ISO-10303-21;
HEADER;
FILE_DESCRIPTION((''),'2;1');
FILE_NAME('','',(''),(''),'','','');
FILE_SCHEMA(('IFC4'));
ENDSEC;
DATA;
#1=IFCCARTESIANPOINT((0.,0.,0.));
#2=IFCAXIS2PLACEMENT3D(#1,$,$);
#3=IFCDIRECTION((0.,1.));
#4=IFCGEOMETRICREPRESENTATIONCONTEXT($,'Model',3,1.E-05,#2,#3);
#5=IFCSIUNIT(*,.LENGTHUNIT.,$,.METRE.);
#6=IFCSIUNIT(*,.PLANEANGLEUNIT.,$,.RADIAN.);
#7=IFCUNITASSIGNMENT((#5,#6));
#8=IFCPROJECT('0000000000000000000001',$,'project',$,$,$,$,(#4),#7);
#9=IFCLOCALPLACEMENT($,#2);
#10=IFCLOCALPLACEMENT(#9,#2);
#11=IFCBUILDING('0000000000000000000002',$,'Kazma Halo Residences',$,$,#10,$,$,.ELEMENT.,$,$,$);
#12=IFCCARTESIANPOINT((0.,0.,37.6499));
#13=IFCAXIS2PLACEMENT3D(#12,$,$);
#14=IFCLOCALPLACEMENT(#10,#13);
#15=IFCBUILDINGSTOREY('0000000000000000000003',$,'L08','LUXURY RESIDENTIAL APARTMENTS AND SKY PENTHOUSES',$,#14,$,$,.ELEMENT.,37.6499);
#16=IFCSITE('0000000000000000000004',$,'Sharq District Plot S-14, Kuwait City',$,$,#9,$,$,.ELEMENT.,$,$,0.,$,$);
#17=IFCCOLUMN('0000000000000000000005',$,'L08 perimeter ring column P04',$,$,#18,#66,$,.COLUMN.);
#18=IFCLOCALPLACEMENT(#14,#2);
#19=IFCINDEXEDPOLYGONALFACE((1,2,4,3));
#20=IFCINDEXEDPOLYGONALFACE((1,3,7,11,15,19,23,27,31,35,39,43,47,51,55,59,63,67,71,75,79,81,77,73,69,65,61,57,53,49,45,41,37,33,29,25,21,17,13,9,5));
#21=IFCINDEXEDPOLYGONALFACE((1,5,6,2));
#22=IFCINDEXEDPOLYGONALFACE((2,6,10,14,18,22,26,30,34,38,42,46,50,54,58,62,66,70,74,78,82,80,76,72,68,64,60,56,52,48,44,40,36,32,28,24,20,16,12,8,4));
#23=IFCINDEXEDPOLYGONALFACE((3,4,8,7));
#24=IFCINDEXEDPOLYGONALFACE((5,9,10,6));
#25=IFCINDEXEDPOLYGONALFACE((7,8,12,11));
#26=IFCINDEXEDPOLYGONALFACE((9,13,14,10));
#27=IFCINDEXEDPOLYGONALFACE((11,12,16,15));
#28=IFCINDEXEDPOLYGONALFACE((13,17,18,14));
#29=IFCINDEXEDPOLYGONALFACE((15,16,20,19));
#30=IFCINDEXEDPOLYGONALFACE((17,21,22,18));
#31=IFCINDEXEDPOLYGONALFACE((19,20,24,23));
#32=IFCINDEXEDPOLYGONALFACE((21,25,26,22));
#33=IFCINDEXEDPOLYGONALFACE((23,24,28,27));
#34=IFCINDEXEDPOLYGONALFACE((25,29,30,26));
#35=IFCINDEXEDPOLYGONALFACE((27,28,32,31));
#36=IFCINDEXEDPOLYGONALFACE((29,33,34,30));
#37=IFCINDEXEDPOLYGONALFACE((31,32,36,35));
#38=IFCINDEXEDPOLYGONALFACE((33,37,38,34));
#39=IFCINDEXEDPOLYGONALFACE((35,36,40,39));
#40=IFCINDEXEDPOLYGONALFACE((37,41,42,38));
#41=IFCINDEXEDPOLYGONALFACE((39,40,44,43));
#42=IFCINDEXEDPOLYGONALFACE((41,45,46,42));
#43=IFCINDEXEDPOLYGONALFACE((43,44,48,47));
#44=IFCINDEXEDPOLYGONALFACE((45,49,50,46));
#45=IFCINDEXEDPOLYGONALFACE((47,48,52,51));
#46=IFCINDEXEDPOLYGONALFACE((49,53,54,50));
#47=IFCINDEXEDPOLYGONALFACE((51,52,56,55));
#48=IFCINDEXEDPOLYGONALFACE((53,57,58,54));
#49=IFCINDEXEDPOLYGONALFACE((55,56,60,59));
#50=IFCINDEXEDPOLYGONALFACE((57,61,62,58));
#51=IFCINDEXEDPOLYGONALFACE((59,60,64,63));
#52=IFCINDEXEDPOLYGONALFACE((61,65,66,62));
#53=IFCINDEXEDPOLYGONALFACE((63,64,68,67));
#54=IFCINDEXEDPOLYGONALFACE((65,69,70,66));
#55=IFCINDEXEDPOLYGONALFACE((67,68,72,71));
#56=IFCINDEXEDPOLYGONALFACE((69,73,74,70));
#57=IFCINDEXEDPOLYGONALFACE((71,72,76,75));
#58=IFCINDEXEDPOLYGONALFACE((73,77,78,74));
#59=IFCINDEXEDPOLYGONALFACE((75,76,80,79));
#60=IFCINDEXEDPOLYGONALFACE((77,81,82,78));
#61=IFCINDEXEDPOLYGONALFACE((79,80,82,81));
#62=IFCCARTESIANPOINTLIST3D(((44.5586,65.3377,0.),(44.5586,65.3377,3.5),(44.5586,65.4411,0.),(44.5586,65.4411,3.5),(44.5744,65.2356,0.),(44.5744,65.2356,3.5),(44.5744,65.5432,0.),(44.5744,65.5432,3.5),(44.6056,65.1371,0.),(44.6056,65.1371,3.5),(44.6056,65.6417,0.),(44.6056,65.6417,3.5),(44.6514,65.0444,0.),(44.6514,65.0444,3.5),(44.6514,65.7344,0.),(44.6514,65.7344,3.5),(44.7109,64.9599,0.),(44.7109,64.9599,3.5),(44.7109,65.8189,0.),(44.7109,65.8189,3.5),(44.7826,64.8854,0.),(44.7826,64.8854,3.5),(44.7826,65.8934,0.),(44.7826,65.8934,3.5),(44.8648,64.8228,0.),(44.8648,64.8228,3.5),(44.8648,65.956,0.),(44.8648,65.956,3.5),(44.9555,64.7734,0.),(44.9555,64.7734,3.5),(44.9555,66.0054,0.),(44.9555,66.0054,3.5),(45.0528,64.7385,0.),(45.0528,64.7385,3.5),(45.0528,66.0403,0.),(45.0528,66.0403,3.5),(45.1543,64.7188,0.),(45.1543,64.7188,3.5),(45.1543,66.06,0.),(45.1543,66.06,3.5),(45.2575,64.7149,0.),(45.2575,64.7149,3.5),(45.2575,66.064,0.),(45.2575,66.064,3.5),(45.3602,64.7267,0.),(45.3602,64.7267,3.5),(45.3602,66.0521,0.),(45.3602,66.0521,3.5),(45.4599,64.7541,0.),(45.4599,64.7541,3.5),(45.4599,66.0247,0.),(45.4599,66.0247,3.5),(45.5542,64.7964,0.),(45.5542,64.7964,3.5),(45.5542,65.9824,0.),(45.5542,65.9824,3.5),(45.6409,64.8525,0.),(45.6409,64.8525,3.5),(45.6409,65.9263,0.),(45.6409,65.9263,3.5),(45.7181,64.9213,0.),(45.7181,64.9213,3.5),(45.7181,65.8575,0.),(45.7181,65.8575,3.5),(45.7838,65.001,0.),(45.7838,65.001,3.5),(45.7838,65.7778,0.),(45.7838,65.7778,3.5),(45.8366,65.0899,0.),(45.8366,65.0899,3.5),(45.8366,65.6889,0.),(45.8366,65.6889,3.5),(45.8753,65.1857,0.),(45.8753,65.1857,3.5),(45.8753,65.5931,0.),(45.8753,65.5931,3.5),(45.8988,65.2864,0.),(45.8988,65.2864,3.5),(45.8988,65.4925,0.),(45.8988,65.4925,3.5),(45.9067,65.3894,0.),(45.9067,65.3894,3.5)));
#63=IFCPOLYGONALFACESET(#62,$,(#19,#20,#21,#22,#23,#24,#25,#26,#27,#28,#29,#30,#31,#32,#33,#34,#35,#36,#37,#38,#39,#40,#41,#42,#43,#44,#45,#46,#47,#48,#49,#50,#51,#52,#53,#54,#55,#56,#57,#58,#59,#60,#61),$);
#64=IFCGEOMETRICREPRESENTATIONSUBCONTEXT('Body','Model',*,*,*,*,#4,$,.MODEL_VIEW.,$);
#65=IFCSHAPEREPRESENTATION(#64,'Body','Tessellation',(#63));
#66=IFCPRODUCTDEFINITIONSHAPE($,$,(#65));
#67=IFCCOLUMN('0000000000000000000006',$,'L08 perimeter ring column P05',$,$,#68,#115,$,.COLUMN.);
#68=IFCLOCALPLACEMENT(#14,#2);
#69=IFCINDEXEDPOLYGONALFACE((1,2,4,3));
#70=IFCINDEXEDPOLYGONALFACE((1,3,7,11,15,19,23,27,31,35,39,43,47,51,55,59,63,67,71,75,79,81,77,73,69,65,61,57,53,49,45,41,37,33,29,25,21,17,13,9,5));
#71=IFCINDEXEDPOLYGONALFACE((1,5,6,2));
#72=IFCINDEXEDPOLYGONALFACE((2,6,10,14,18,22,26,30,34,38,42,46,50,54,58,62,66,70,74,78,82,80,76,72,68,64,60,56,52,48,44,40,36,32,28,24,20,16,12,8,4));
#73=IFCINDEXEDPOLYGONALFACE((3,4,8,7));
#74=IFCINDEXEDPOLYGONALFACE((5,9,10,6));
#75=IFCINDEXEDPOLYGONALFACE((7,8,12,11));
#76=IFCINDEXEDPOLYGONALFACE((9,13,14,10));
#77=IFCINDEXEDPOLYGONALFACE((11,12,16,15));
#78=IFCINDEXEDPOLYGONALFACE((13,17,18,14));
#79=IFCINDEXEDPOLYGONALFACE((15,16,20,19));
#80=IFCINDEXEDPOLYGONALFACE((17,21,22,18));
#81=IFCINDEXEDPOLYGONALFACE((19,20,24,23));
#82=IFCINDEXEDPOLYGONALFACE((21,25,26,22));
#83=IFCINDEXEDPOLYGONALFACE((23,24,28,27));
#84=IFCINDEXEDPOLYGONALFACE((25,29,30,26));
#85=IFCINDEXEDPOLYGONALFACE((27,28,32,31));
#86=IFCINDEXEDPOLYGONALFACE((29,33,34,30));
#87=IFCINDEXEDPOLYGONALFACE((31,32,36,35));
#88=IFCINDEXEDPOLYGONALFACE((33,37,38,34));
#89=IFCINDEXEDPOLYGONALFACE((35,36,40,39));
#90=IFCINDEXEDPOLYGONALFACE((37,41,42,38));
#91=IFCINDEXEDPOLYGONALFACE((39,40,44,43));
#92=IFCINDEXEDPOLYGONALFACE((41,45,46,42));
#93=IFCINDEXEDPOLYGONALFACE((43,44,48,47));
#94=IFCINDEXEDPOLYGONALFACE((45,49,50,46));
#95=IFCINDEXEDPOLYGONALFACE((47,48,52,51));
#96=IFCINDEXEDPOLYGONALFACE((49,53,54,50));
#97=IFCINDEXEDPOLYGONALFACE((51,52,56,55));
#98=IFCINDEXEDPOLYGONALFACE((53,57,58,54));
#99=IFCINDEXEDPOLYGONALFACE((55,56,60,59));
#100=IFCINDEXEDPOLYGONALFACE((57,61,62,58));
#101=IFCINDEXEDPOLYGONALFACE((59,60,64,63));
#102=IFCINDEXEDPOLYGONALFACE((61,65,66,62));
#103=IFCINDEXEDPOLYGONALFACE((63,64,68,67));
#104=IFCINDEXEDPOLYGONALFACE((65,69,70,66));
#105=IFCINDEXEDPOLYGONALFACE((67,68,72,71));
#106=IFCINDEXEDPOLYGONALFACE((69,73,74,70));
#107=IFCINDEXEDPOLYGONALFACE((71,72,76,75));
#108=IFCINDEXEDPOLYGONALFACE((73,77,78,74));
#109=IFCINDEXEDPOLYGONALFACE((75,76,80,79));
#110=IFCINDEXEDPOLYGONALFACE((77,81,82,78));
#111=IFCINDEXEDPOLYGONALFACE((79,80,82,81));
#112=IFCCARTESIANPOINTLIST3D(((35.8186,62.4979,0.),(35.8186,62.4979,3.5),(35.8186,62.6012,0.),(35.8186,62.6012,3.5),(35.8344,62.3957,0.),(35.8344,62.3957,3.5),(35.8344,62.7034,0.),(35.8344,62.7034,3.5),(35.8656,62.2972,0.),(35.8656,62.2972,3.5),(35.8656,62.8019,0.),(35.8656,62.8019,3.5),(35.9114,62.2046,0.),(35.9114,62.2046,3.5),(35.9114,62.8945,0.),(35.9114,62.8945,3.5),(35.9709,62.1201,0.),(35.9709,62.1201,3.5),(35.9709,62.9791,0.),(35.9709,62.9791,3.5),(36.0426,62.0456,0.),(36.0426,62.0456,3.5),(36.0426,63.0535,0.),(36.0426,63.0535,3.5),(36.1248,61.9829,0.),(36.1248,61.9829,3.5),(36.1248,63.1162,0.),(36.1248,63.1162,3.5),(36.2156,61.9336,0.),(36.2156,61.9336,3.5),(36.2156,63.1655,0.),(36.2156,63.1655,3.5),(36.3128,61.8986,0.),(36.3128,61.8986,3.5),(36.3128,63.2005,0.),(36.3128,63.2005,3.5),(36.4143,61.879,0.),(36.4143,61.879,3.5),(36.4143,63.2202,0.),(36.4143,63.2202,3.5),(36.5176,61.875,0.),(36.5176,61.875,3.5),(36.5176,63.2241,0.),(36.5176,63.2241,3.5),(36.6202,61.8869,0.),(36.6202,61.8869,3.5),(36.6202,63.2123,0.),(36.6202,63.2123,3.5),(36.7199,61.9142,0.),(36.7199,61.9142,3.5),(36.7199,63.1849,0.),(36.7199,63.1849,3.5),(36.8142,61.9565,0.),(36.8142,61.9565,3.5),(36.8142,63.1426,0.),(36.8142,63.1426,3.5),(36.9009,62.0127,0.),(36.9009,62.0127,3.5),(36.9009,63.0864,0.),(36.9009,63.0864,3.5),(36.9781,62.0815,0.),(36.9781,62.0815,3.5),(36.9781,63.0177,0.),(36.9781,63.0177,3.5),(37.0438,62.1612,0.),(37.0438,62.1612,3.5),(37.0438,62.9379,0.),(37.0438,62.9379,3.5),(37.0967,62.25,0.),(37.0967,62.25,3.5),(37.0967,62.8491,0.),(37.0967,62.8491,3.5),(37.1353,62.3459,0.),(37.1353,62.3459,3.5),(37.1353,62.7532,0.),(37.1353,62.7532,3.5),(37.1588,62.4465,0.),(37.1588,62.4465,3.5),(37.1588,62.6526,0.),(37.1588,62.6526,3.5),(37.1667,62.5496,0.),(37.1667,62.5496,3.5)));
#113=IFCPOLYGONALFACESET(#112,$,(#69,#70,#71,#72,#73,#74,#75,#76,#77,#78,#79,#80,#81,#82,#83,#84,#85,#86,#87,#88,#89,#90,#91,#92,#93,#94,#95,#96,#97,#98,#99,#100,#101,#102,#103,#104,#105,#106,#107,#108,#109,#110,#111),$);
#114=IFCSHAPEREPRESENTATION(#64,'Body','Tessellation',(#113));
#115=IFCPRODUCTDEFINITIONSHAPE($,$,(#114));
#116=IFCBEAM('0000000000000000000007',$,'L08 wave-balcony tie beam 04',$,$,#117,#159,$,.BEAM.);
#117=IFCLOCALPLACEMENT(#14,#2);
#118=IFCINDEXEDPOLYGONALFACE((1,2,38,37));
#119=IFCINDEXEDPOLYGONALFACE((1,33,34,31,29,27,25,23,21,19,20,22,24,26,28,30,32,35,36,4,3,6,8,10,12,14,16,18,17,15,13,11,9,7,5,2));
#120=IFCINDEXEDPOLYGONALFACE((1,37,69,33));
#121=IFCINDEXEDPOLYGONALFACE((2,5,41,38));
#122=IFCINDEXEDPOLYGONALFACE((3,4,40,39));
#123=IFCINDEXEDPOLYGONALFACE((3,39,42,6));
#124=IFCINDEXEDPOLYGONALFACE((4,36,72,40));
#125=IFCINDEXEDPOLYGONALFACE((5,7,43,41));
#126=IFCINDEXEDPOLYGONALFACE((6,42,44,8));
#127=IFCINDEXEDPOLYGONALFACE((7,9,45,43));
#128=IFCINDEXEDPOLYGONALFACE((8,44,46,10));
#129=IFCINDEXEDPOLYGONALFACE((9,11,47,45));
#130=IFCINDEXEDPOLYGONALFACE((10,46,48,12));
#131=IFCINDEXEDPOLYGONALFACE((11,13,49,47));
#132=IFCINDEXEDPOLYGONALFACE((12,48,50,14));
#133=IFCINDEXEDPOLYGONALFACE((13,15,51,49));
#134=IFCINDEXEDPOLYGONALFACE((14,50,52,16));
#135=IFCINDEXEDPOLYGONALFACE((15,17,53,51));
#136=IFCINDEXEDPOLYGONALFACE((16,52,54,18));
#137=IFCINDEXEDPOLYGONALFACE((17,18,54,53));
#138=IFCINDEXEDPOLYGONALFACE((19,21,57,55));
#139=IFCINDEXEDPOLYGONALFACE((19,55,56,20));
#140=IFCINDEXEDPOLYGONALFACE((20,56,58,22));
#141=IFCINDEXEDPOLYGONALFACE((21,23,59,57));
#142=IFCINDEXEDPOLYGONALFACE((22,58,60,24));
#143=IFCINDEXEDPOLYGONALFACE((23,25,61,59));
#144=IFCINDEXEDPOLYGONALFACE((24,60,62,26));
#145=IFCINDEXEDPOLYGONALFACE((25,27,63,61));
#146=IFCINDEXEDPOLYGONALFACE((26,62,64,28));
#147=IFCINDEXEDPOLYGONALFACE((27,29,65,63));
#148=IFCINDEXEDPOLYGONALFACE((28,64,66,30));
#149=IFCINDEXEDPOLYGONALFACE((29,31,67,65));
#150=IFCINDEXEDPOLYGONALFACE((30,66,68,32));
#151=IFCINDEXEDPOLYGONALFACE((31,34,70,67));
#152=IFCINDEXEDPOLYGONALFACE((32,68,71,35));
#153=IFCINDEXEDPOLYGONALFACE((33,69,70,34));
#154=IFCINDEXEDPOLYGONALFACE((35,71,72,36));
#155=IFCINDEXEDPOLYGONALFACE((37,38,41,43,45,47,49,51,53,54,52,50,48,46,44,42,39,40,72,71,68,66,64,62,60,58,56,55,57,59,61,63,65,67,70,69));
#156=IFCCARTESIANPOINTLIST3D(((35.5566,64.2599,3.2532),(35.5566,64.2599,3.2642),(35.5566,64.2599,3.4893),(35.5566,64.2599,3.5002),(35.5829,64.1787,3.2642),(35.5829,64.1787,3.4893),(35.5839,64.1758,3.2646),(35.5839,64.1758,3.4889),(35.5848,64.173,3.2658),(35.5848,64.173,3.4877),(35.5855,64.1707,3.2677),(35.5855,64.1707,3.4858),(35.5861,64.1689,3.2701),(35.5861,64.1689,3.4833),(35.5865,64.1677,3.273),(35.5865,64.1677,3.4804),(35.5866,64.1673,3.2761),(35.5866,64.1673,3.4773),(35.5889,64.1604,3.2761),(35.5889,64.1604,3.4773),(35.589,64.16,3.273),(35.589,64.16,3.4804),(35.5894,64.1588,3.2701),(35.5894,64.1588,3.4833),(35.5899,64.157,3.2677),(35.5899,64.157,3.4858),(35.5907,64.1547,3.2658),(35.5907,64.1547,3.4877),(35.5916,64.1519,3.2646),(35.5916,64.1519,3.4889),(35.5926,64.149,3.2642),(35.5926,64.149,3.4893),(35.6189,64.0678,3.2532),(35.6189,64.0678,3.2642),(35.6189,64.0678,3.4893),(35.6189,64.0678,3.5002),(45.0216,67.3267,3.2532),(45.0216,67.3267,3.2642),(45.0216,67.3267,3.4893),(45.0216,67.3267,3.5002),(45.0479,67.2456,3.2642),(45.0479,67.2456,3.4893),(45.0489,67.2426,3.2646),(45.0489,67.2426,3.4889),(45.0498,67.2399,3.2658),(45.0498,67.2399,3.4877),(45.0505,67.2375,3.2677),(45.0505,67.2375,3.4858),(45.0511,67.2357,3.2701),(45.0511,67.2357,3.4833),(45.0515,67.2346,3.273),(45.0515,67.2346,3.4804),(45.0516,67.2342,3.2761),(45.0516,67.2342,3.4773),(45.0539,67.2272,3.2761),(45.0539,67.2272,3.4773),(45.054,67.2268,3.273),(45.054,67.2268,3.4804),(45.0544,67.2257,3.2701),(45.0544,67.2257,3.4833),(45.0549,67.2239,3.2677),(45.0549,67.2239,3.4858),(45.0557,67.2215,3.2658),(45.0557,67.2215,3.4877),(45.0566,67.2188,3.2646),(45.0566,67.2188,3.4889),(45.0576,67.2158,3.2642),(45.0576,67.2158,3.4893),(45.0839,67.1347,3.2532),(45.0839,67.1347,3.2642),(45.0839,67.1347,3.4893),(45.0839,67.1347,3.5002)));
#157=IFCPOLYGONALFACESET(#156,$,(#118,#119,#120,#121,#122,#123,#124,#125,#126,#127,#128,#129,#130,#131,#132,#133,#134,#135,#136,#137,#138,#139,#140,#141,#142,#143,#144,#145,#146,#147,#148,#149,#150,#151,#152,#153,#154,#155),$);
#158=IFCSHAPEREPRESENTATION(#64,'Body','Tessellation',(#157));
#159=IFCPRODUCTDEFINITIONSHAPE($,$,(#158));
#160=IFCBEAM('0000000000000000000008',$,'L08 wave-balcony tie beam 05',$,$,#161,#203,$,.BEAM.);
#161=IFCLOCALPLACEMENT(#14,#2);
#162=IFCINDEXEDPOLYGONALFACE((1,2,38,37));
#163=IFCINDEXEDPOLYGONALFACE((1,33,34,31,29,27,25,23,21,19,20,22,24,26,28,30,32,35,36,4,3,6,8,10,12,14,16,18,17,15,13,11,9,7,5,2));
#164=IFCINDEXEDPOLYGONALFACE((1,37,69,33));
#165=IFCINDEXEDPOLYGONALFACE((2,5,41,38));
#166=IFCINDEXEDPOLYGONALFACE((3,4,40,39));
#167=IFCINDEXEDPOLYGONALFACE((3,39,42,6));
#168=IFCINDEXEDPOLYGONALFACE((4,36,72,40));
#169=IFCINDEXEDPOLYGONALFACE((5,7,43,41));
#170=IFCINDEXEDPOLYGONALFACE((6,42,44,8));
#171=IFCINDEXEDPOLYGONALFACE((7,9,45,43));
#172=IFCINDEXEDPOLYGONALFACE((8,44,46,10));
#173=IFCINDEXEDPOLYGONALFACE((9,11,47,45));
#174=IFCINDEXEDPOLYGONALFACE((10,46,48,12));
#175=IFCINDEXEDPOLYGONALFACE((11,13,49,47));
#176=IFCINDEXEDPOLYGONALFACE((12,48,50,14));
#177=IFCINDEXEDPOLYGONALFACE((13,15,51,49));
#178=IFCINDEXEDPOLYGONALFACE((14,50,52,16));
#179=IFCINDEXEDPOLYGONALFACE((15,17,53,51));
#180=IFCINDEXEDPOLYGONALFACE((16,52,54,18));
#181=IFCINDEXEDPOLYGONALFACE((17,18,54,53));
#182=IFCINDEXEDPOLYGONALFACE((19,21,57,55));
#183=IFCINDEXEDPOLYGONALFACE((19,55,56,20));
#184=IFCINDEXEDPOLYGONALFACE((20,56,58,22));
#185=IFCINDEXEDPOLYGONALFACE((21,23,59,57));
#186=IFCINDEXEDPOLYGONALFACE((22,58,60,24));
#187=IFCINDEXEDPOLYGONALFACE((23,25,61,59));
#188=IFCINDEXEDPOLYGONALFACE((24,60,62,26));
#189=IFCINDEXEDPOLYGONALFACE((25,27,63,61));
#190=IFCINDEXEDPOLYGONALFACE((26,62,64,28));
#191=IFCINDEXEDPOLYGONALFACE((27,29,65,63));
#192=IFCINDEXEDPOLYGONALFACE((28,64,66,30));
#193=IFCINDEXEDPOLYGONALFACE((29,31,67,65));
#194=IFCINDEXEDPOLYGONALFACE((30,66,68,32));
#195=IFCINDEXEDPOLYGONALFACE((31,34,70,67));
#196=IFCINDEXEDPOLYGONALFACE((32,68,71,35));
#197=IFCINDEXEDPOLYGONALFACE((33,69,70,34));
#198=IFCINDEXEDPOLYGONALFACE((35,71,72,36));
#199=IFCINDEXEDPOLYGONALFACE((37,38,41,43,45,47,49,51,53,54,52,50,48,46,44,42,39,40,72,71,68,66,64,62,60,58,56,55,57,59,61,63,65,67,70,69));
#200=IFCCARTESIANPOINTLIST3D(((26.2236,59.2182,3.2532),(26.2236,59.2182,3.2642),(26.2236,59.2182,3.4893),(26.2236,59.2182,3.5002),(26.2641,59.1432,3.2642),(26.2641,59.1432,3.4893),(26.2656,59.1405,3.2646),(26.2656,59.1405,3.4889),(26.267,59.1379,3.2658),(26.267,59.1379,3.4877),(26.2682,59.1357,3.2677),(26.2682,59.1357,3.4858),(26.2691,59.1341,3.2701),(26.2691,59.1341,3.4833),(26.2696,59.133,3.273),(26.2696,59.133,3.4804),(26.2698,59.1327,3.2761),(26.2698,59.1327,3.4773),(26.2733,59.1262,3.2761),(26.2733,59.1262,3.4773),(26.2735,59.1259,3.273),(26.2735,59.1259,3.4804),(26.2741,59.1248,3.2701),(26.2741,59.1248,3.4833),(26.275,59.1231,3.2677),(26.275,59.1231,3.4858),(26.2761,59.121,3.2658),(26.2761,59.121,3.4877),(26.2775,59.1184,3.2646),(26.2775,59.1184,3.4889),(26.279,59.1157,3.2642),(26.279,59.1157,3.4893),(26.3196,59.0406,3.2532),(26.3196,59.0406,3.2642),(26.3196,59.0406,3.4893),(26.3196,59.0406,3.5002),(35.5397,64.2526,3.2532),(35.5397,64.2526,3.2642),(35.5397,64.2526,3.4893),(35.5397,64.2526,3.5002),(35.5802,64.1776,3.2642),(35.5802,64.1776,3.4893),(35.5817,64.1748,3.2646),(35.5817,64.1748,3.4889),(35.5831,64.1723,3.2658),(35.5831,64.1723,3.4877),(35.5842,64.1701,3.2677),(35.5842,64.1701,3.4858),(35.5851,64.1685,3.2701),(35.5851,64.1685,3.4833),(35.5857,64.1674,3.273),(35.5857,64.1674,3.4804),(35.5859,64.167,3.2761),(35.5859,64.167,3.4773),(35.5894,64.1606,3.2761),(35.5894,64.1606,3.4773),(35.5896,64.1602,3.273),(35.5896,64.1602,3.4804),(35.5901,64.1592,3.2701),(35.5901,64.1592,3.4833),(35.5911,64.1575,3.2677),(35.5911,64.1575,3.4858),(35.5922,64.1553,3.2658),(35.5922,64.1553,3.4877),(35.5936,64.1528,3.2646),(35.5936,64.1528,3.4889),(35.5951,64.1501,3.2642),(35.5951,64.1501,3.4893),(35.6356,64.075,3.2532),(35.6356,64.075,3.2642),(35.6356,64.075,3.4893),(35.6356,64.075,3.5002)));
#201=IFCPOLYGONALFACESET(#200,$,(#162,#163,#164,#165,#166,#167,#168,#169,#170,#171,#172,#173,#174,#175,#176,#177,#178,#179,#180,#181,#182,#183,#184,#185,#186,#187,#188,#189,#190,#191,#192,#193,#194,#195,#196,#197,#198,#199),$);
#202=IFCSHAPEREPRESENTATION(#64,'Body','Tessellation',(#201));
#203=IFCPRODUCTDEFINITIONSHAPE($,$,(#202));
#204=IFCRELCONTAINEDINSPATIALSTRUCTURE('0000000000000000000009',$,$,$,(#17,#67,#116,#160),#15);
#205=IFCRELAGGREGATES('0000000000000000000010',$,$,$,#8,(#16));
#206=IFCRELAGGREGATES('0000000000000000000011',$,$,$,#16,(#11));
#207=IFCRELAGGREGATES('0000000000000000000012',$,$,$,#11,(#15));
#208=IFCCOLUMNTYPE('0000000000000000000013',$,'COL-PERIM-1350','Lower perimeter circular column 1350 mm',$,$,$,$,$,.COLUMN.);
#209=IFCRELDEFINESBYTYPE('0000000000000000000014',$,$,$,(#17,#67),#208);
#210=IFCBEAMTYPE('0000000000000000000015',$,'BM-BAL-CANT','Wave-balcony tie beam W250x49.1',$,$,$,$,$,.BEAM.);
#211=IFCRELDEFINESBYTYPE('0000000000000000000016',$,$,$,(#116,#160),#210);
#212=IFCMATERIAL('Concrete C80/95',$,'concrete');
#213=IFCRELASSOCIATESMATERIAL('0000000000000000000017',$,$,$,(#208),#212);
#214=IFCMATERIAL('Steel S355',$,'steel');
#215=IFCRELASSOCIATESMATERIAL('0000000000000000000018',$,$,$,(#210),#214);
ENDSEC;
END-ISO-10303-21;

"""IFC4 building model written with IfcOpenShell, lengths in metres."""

from ifc_helpers import new_model, si_unit, direction, frame, origin, origin_2d, place, context, subcontext, project, spatial, circle, i_section, extrude, material, material_profile, profile_set, type_object, element, save


model = new_model("IFC4")

# Units and contexts
model_context = context("Model", 3, precision=1e-05, world=origin(), true_north=direction((0.0, 1.0)))
body_context = subcontext(model_context, "Body", "Model", "MODEL_VIEW")
ifc_project = project(units=[si_unit("LENGTHUNIT", "METRE"), si_unit("PLANEANGLEUNIT", "RADIAN")], contexts=[model_context])

# Site, building, storey
site_placement = place(None, origin())
site = spatial("IfcSite", under=ifc_project, at=site_placement, Name="Sharq District Plot S-14, Kuwait City", CompositionType="ELEMENT", RefElevation=0.0)
building_placement = place(site_placement, origin())
building = spatial("IfcBuilding", under=site, at=building_placement, Name="Kazma Halo Residences", CompositionType="ELEMENT")
storey_placement = place(building_placement, frame((0.0, 0.0, 37.6499)))
storey = spatial("IfcBuildingStorey", under=building, at=storey_placement, Name="L08", Description="LUXURY RESIDENTIAL APARTMENTS AND SKY PENTHOUSES", CompositionType="ELEMENT", Elevation=37.6499)

# Columns
ifc_material_1 = material(Name="Concrete C80/95", Category="concrete")
ifc_material_profile_1 = material_profile(ifc_material_1, circle(Radius=0.675, at=origin_2d()), Name="CIRC1350")
ifc_profile_set_1 = profile_set([ifc_material_profile_1], Name="Concrete C80/95")
column_type = type_object("IfcColumnType", Name="COL-PERIM-1350", Description="Lower perimeter circular column 1350 mm", PredefinedType="COLUMN", material=ifc_profile_set_1)
for number, where, z_axis, x_axis, name in (
    (1, (45.2317, 65.3894, 0.0), (0.0, 0.0, 1.0), (1.0, 0.0, 0.0), "L08 perimeter ring column P04"),
    (2, (36.4917, 62.5496, 0.0), (0.0, 0.0, 1.0), (1.0, 0.0, 0.0), "L08 perimeter ring column P05"),
):
    element("IfcColumn", number, at=place(storey_placement, frame(where, z_axis=z_axis, x_axis=x_axis)), inside=storey, type_object=column_type, Name=name, PredefinedType="COLUMN", context=body_context, shape_type="SweptSolid", body=[
        extrude(circle(Radius=0.675, at=origin_2d()), origin(), (0.0, 0.0, 1.0), 3.5),
    ])

# Beams
ifc_material_2 = material(Name="Steel S355", Category="steel")
ifc_material_profile_2 = material_profile(ifc_material_2, i_section(OverallWidth=0.2019, OverallDepth=0.2471, WebThickness=0.0073, FlangeThickness=0.011, FilletRadius=0.012, at=origin_2d()), Name="W250x49.1")
ifc_profile_set_2 = profile_set([ifc_material_profile_2], Name="Steel S355")
beam_type_1 = type_object("IfcBeamType", Name="BM-BAL-CANT", Description="Wave-balcony tie beam W250x49.1", PredefinedType="BEAM", material=ifc_profile_set_2)
beam_1_placement = place(storey_placement, frame((45.0527, 67.2307, 3.3767), z_axis=(-0.951307, -0.308244, 0.0), x_axis=(0.308244, -0.951307, 0.0)))
element("IfcBeam", 3, at=beam_1_placement, inside=storey, type_object=beam_type_1, Name="L08 wave-balcony tie beam 04", PredefinedType="BEAM", context=body_context, shape_type="SweptSolid", body=[
    extrude(i_section(OverallWidth=0.2019, OverallDepth=0.2471, WebThickness=0.0073, FlangeThickness=0.011, FilletRadius=0.012, at=origin_2d()), origin(), (0.0, 0.0, 1.0), 9.9495),
])
beam_2_placement = place(storey_placement, frame((35.5876, 64.1638, 3.3767), z_axis=(-0.879759, -0.475419, 0.0), x_axis=(0.475419, -0.879759, 0.0)))
element("IfcBeam", 4, at=beam_2_placement, inside=storey, type_object=beam_type_1, Name="L08 wave-balcony tie beam 05", PredefinedType="BEAM", context=body_context, shape_type="SweptSolid", body=[
    extrude(i_section(OverallWidth=0.2019, OverallDepth=0.2471, WebThickness=0.0073, FlangeThickness=0.011, FilletRadius=0.012, at=origin_2d()), origin(), (0.0, 0.0, 1.0), 10.5894),
])

save(model, "model.ifc")
